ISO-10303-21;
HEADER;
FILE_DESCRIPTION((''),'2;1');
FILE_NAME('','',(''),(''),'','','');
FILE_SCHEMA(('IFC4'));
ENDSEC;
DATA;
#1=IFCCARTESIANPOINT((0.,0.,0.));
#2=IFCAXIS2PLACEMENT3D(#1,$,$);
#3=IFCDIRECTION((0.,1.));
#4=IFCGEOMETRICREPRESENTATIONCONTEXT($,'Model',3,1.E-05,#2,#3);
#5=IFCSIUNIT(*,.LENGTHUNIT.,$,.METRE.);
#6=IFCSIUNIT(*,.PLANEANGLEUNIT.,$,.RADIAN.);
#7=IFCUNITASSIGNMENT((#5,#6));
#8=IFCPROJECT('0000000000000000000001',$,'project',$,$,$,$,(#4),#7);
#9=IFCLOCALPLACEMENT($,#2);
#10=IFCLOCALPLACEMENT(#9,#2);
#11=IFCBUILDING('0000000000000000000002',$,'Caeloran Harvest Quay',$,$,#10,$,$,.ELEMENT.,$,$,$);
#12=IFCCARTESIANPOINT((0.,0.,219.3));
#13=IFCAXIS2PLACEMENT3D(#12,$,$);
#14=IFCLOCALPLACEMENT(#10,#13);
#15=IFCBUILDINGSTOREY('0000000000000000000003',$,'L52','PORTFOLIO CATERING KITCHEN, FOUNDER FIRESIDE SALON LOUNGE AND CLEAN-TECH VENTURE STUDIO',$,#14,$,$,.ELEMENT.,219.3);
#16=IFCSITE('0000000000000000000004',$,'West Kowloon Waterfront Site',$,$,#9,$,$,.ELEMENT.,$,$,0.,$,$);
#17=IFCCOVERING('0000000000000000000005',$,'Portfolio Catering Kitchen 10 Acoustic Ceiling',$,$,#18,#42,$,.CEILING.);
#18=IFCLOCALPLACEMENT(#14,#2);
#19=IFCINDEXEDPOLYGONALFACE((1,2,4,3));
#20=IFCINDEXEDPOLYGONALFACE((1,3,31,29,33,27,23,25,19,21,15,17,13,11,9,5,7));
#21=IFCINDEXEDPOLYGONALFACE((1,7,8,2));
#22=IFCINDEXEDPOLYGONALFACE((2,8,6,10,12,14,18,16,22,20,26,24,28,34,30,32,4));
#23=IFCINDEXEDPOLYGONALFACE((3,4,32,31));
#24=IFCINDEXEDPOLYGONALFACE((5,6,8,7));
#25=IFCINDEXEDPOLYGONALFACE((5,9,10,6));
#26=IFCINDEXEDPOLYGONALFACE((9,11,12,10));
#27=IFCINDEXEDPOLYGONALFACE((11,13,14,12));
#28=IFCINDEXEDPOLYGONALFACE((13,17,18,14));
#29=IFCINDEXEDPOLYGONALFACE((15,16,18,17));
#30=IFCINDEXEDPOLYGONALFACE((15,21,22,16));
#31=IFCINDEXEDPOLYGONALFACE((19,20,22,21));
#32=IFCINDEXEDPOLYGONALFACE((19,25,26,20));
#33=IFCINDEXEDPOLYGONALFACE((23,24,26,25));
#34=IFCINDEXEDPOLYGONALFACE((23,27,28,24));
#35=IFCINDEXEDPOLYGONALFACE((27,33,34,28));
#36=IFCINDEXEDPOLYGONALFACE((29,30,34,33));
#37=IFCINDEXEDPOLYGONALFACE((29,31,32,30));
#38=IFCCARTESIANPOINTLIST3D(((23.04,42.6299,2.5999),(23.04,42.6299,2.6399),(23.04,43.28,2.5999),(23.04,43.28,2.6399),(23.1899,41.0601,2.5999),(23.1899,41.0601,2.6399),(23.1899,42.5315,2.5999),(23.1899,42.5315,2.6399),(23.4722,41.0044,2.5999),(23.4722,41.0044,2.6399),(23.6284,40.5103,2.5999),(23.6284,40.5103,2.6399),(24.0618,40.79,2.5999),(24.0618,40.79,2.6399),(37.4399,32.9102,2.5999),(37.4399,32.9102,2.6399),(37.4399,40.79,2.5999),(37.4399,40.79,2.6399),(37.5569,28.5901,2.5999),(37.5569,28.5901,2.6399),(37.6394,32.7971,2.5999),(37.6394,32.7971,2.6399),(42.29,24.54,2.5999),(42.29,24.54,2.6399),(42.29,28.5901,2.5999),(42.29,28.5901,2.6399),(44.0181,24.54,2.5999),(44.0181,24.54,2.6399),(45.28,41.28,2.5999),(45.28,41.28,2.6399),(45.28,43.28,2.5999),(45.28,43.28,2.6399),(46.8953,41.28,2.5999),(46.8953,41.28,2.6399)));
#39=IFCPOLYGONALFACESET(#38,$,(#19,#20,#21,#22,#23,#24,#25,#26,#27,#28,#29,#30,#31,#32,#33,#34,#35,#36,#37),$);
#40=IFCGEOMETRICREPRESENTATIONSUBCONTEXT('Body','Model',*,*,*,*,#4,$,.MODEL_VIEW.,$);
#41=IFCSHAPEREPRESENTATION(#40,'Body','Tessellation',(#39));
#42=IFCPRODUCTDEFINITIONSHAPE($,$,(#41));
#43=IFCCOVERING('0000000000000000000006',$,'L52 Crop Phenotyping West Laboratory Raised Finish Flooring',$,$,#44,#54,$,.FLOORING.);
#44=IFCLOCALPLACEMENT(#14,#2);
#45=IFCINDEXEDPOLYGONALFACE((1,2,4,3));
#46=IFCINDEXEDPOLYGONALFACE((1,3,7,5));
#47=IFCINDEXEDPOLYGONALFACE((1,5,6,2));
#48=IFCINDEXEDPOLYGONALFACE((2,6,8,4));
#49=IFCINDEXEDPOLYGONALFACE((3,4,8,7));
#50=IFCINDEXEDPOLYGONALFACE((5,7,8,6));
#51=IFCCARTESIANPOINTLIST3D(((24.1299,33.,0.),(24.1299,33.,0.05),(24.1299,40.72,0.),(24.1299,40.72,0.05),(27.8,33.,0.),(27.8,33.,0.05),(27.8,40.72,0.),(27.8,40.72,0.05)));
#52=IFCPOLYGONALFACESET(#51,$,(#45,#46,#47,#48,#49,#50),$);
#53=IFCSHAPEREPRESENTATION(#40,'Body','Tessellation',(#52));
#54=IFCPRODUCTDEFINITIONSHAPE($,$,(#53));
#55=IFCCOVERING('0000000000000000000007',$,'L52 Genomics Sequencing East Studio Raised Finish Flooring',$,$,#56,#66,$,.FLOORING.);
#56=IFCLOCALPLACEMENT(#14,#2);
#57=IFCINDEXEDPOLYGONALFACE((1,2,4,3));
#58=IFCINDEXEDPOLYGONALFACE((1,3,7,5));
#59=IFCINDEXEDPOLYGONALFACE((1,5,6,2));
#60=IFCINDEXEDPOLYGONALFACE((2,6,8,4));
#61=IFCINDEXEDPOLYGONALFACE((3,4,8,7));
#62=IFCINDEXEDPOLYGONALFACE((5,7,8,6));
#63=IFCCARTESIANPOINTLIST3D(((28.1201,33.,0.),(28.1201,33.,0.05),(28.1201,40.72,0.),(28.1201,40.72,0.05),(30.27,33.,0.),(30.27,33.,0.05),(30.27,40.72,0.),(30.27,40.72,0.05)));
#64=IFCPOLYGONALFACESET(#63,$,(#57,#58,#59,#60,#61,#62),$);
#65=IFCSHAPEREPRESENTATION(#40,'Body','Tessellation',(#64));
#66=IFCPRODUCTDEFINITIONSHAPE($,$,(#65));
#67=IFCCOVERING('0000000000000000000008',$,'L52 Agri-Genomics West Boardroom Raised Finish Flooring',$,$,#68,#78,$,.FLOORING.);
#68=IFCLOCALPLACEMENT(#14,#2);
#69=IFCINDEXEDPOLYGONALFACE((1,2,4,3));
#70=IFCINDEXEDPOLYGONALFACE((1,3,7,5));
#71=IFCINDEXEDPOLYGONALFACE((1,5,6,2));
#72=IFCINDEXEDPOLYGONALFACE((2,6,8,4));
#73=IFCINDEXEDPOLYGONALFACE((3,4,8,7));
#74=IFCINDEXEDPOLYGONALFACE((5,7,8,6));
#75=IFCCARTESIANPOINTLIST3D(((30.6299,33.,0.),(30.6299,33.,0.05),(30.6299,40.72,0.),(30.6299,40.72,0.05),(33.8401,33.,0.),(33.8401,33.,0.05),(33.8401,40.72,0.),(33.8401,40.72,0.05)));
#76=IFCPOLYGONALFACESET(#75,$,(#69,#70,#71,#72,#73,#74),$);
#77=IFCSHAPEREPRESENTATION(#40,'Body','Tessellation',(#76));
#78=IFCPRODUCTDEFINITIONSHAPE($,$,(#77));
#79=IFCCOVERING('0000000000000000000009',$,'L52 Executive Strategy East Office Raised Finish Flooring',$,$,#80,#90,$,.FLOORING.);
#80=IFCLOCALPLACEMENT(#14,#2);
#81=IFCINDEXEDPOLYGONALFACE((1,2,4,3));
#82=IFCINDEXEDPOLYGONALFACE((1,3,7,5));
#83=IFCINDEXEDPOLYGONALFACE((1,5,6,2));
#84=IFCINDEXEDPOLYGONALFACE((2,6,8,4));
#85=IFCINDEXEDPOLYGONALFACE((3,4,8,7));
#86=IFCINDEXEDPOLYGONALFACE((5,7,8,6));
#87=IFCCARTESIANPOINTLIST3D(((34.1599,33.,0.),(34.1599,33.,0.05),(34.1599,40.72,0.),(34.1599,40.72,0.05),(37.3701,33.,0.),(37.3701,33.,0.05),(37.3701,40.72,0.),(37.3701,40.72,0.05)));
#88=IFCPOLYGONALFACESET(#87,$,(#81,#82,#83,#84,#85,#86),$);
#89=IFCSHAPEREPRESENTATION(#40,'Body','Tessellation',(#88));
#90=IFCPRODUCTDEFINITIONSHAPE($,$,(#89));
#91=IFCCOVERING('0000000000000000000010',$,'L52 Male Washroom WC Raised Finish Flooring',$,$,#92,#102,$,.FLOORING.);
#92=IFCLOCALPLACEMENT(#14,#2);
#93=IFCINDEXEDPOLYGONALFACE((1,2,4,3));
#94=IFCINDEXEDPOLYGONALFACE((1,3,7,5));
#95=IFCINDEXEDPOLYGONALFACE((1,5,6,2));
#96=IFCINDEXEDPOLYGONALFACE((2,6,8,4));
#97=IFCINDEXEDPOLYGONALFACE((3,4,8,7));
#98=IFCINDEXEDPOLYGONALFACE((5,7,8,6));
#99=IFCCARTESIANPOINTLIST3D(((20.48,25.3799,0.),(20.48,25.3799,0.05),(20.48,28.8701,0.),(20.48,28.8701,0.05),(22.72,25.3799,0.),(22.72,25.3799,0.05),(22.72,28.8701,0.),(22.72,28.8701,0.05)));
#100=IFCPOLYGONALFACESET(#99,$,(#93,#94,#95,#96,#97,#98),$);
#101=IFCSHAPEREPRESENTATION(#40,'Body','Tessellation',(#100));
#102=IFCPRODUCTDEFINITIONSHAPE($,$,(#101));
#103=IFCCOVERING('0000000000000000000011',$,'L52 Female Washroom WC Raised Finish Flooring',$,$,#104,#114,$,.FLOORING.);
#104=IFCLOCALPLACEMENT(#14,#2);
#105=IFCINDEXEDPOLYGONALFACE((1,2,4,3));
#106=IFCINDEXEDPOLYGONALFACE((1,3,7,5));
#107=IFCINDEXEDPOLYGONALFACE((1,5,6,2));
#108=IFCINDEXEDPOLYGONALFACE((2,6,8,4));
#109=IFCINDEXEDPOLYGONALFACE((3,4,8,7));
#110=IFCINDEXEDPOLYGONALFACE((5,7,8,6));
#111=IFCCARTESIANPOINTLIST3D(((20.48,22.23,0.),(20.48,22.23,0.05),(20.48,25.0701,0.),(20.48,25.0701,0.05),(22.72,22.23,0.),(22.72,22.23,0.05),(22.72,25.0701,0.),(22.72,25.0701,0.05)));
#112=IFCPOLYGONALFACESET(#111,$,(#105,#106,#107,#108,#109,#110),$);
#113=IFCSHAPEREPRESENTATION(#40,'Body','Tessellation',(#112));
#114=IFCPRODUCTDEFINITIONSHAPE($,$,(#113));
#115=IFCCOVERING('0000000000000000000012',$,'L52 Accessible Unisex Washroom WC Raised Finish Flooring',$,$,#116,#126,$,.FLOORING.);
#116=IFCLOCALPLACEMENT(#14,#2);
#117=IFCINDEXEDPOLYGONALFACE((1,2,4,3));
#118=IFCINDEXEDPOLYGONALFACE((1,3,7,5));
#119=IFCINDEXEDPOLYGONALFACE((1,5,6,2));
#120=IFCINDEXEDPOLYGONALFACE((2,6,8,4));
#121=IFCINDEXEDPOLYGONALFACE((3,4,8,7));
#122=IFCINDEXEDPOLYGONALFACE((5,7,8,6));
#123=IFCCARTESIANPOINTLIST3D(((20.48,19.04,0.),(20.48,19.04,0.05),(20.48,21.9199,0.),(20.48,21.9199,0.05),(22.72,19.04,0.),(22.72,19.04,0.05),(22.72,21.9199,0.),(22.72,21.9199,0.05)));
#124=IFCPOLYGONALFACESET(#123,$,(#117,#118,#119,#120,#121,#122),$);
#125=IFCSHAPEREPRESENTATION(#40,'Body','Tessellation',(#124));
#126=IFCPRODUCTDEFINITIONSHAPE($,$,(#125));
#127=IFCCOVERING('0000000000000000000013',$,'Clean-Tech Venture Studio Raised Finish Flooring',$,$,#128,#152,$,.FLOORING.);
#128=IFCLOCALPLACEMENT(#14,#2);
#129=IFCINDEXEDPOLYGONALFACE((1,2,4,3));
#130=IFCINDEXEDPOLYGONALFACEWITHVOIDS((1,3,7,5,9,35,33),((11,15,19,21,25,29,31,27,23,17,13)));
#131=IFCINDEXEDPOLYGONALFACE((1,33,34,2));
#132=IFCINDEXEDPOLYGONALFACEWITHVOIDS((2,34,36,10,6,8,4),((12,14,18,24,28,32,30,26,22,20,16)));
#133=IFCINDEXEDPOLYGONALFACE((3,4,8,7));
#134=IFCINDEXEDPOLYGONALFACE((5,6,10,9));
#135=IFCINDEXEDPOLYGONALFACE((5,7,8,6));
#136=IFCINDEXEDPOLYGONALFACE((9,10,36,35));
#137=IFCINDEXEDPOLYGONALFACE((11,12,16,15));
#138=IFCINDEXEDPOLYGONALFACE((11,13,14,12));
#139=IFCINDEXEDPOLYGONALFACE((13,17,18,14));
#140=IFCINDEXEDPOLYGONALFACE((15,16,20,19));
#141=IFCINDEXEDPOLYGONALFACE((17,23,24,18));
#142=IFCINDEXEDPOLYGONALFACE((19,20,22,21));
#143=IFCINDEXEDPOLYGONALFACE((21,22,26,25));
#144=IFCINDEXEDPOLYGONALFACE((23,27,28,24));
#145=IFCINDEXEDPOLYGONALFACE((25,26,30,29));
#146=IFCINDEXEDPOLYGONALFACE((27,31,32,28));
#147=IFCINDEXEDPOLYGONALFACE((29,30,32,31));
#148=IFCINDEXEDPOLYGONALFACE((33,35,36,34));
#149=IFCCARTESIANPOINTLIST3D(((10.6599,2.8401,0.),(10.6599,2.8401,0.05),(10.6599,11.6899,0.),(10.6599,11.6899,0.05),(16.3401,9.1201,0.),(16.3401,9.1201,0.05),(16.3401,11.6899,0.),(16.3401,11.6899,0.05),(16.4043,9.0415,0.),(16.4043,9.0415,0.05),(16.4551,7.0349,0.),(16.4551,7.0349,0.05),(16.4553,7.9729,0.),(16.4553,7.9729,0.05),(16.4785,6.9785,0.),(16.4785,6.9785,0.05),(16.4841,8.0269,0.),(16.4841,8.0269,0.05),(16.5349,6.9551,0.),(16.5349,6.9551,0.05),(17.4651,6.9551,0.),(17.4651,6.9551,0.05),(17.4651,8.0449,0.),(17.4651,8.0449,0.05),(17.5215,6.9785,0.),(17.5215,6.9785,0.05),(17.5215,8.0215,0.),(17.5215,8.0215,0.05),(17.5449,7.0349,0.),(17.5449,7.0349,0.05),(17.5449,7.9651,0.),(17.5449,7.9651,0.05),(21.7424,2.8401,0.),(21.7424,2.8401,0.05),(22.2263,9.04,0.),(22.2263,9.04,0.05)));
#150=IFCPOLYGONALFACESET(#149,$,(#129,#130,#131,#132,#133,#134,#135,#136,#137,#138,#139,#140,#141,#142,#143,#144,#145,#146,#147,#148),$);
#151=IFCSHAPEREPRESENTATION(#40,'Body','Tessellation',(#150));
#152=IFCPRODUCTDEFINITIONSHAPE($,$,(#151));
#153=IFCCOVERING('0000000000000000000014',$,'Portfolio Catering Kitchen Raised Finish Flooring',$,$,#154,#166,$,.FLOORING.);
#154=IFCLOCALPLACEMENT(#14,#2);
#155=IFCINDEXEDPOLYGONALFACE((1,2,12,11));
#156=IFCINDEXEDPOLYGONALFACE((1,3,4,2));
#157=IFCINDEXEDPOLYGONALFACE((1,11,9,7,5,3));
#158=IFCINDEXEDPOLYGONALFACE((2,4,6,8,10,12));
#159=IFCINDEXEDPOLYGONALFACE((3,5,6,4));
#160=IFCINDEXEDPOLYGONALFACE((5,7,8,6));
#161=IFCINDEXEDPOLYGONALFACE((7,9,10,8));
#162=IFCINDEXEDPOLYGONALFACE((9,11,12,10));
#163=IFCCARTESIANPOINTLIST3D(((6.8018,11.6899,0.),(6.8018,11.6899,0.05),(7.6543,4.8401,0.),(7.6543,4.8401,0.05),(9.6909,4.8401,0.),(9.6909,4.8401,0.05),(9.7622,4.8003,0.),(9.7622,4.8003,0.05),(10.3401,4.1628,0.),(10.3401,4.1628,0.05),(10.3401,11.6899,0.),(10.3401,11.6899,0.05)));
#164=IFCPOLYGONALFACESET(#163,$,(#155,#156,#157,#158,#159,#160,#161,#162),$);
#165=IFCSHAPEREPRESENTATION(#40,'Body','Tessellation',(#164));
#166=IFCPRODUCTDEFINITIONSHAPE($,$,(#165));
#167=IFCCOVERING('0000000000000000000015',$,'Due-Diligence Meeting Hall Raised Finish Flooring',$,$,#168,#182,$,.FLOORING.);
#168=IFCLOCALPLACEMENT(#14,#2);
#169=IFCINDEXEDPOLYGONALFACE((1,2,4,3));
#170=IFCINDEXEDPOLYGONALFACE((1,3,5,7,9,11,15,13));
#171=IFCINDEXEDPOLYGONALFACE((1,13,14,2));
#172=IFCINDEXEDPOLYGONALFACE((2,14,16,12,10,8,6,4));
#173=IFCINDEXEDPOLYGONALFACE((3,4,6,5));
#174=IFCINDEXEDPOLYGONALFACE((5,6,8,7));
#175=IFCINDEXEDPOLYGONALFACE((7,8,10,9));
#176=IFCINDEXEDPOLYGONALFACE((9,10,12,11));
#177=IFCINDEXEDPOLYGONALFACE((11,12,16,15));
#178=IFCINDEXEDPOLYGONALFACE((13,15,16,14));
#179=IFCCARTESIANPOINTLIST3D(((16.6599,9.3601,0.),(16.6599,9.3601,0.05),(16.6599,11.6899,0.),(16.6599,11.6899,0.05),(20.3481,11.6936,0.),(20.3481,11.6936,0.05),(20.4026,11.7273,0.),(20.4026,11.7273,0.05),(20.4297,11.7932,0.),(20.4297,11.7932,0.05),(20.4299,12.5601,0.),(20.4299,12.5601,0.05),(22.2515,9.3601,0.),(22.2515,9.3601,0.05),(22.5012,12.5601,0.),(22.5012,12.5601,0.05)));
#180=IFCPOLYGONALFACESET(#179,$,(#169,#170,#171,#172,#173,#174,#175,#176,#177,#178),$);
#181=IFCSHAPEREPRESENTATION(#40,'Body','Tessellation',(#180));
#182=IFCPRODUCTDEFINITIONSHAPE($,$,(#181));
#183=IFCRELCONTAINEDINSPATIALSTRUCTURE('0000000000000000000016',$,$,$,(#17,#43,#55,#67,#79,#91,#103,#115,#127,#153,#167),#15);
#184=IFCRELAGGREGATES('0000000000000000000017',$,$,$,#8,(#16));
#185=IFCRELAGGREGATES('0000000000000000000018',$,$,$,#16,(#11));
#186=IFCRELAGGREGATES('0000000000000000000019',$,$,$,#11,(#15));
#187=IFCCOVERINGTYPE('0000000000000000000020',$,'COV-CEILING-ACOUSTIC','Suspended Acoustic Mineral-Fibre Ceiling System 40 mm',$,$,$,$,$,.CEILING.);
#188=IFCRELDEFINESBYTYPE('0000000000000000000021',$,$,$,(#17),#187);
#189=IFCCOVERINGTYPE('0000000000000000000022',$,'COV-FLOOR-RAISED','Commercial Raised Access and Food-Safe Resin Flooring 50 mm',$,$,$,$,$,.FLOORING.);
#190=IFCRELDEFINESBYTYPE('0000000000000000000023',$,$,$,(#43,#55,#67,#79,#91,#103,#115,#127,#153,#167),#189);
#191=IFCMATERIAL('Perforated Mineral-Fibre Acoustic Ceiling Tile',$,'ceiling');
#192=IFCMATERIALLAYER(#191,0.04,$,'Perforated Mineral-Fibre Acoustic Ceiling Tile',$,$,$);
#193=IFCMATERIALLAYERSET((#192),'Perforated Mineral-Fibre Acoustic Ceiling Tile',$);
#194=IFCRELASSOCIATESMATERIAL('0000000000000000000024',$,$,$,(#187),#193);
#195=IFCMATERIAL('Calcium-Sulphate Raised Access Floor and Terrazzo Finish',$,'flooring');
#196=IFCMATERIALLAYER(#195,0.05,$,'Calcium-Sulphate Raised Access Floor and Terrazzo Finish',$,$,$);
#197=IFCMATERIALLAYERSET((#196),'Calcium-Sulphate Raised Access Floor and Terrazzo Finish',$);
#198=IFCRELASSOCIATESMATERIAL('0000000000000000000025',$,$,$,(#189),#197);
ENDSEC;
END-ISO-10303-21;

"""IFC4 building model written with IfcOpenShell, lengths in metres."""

from ifc_helpers import new_model, si_unit, direction, frame, origin, place, context, subcontext, project, spatial, polyline, outline, extrude, material, layer, layer_set, type_object, element, save


model = new_model("IFC4")

# Units and contexts
model_context = context("Model", 3, precision=1e-05, world=origin(), true_north=direction((0.0, 1.0)))
body_context = subcontext(model_context, "Body", "Model", "MODEL_VIEW")
ifc_project = project(units=[si_unit("LENGTHUNIT", "METRE"), si_unit("PLANEANGLEUNIT", "RADIAN")], contexts=[model_context])

# Site, building, storey
site_placement = place(None, origin())
site = spatial("IfcSite", under=ifc_project, at=site_placement, Name="West Kowloon Waterfront Site", CompositionType="ELEMENT", RefElevation=0.0)
building_placement = place(site_placement, origin())
building = spatial("IfcBuilding", under=site, at=building_placement, Name="Caeloran Harvest Quay", CompositionType="ELEMENT")
storey_placement = place(building_placement, frame((0.0, 0.0, 219.3)))
storey = spatial("IfcBuildingStorey", under=building, at=storey_placement, Name="L52", Description="PORTFOLIO CATERING KITCHEN, FOUNDER FIRESIDE SALON LOUNGE AND CLEAN-TECH VENTURE STUDIO", CompositionType="ELEMENT", Elevation=219.3)

# Coverings
ifc_material_1 = material(Name="Perforated Mineral-Fibre Acoustic Ceiling Tile", Category="ceiling")
ifc_layer_1 = layer(ifc_material_1, 0.04, Name="Perforated Mineral-Fibre Acoustic Ceiling Tile")
ifc_layer_set_1 = layer_set([ifc_layer_1], Name="Perforated Mineral-Fibre Acoustic Ceiling Tile")
covering_type_1 = type_object("IfcCoveringType", Name="COV-CEILING-ACOUSTIC", Description="Suspended Acoustic Mineral-Fibre Ceiling System 40 mm", PredefinedType="CEILING", material=ifc_layer_set_1)
covering_1_placement = place(storey_placement, frame((0.0, 0.0, 2.5999)))
element("IfcCovering", 1, at=covering_1_placement, inside=storey, type_object=covering_type_1, Name="Portfolio Catering Kitchen 10 Acoustic Ceiling", PredefinedType="CEILING", context=body_context, shape_type="SweptSolid", body=[
    extrude(outline(polyline([(44.0181, 24.54), (42.29, 24.54), (42.29, 28.5901), (37.5569, 28.5901), (37.6394, 32.7971), (37.4399, 32.9102), (37.4399, 40.79), (24.0618, 40.79), (23.6284, 40.5103), (23.4722, 41.0044), (23.1899, 41.0601), (23.1899, 42.5315), (23.04, 42.6299), (23.04, 43.28), (45.28, 43.28), (45.28, 41.28), (46.8953, 41.28), (44.0181, 24.54)])), origin(), (0.0, 0.0, 1.0), 0.04),
])
ifc_material_2 = material(Name="Calcium-Sulphate Raised Access Floor and Terrazzo Finish", Category="flooring")
ifc_layer_2 = layer(ifc_material_2, 0.05, Name="Calcium-Sulphate Raised Access Floor and Terrazzo Finish")
ifc_layer_set_2 = layer_set([ifc_layer_2], Name="Calcium-Sulphate Raised Access Floor and Terrazzo Finish")
covering_type_2 = type_object("IfcCoveringType", Name="COV-FLOOR-RAISED", Description="Commercial Raised Access and Food-Safe Resin Flooring 50 mm", PredefinedType="FLOORING", material=ifc_layer_set_2)
covering_2_placement = place(storey_placement, origin())
element("IfcCovering", 2, at=covering_2_placement, inside=storey, type_object=covering_type_2, Name="L52 Crop Phenotyping West Laboratory Raised Finish Flooring", PredefinedType="FLOORING", context=body_context, shape_type="SweptSolid", body=[
    extrude(outline(polyline([(27.8, 40.72), (27.8, 33.0), (24.1299, 33.0), (24.1299, 40.72), (27.8, 40.72)])), origin(), (0.0, 0.0, 1.0), 0.05),
])
covering_3_placement = place(storey_placement, origin())
element("IfcCovering", 3, at=covering_3_placement, inside=storey, type_object=covering_type_2, Name="L52 Genomics Sequencing East Studio Raised Finish Flooring", PredefinedType="FLOORING", context=body_context, shape_type="SweptSolid", body=[
    extrude(outline(polyline([(30.27, 40.72), (30.27, 33.0), (28.1201, 33.0), (28.1201, 40.72), (30.27, 40.72)])), origin(), (0.0, 0.0, 1.0), 0.05),
])
covering_4_placement = place(storey_placement, origin())
element("IfcCovering", 4, at=covering_4_placement, inside=storey, type_object=covering_type_2, Name="L52 Agri-Genomics West Boardroom Raised Finish Flooring", PredefinedType="FLOORING", context=body_context, shape_type="SweptSolid", body=[
    extrude(outline(polyline([(33.8401, 40.72), (33.8401, 33.0), (30.6299, 33.0), (30.6299, 40.72), (33.8401, 40.72)])), origin(), (0.0, 0.0, 1.0), 0.05),
])
covering_5_placement = place(storey_placement, origin())
element("IfcCovering", 5, at=covering_5_placement, inside=storey, type_object=covering_type_2, Name="L52 Executive Strategy East Office Raised Finish Flooring", PredefinedType="FLOORING", context=body_context, shape_type="SweptSolid", body=[
    extrude(outline(polyline([(37.3701, 40.72), (37.3701, 33.0), (34.1599, 33.0), (34.1599, 40.72), (37.3701, 40.72)])), origin(), (0.0, 0.0, 1.0), 0.05),
])
covering_6_placement = place(storey_placement, origin())
element("IfcCovering", 6, at=covering_6_placement, inside=storey, type_object=covering_type_2, Name="L52 Male Washroom WC Raised Finish Flooring", PredefinedType="FLOORING", context=body_context, shape_type="SweptSolid", body=[
    extrude(outline(polyline([(22.72, 28.8701), (22.72, 25.3799), (20.48, 25.3799), (20.48, 28.8701), (22.72, 28.8701)])), origin(), (0.0, 0.0, 1.0), 0.05),
])
covering_7_placement = place(storey_placement, origin())
element("IfcCovering", 7, at=covering_7_placement, inside=storey, type_object=covering_type_2, Name="L52 Female Washroom WC Raised Finish Flooring", PredefinedType="FLOORING", context=body_context, shape_type="SweptSolid", body=[
    extrude(outline(polyline([(22.72, 25.0701), (22.72, 22.23), (20.48, 22.23), (20.48, 25.0701), (22.72, 25.0701)])), origin(), (0.0, 0.0, 1.0), 0.05),
])
covering_8_placement = place(storey_placement, origin())
element("IfcCovering", 8, at=covering_8_placement, inside=storey, type_object=covering_type_2, Name="L52 Accessible Unisex Washroom WC Raised Finish Flooring", PredefinedType="FLOORING", context=body_context, shape_type="SweptSolid", body=[
    extrude(outline(polyline([(22.72, 21.9199), (22.72, 19.04), (20.48, 19.04), (20.48, 21.9199), (22.72, 21.9199)])), origin(), (0.0, 0.0, 1.0), 0.05),
])
covering_9_placement = place(storey_placement, origin())
element("IfcCovering", 9, at=covering_9_placement, inside=storey, type_object=covering_type_2, Name="Clean-Tech Venture Studio Raised Finish Flooring", PredefinedType="FLOORING", context=body_context, shape_type="SweptSolid", body=[
    extrude(outline(polyline([(10.6599, 11.6899), (16.3401, 11.6899), (16.3401, 9.1201), (16.4043, 9.0415), (22.2263, 9.04), (21.7424, 2.8401), (10.6599, 2.8401), (10.6599, 11.6899)]), holes=[polyline([(17.4651, 8.0449), (16.4841, 8.0269), (16.4553, 7.9729), (16.4551, 7.0349), (16.4785, 6.9785), (16.5349, 6.9551), (17.4651, 6.9551), (17.5215, 6.9785), (17.5449, 7.0349), (17.5449, 7.9651), (17.5215, 8.0215), (17.4651, 8.0449)])]), origin(), (0.0, 0.0, 1.0), 0.05),
])
covering_10_placement = place(storey_placement, origin())
element("IfcCovering", 10, at=covering_10_placement, inside=storey, type_object=covering_type_2, Name="Portfolio Catering Kitchen Raised Finish Flooring", PredefinedType="FLOORING", context=body_context, shape_type="SweptSolid", body=[
    extrude(outline(polyline([(9.7622, 4.8003), (9.6909, 4.8401), (7.6543, 4.8401), (6.8018, 11.6899), (10.3401, 11.6899), (10.3401, 4.1628), (9.7622, 4.8003)])), origin(), (0.0, 0.0, 1.0), 0.05),
])
covering_11_placement = place(storey_placement, origin())
element("IfcCovering", 11, at=covering_11_placement, inside=storey, type_object=covering_type_2, Name="Due-Diligence Meeting Hall Raised Finish Flooring", PredefinedType="FLOORING", context=body_context, shape_type="SweptSolid", body=[
    extrude(outline(polyline([(20.3481, 11.6936), (20.4026, 11.7273), (20.4297, 11.7932), (20.4299, 12.5601), (22.5012, 12.5601), (22.2515, 9.3601), (16.6599, 9.3601), (16.6599, 11.6899), (20.3481, 11.6936)])), origin(), (0.0, 0.0, 1.0), 0.05),
])

save(model, "model.ifc")
